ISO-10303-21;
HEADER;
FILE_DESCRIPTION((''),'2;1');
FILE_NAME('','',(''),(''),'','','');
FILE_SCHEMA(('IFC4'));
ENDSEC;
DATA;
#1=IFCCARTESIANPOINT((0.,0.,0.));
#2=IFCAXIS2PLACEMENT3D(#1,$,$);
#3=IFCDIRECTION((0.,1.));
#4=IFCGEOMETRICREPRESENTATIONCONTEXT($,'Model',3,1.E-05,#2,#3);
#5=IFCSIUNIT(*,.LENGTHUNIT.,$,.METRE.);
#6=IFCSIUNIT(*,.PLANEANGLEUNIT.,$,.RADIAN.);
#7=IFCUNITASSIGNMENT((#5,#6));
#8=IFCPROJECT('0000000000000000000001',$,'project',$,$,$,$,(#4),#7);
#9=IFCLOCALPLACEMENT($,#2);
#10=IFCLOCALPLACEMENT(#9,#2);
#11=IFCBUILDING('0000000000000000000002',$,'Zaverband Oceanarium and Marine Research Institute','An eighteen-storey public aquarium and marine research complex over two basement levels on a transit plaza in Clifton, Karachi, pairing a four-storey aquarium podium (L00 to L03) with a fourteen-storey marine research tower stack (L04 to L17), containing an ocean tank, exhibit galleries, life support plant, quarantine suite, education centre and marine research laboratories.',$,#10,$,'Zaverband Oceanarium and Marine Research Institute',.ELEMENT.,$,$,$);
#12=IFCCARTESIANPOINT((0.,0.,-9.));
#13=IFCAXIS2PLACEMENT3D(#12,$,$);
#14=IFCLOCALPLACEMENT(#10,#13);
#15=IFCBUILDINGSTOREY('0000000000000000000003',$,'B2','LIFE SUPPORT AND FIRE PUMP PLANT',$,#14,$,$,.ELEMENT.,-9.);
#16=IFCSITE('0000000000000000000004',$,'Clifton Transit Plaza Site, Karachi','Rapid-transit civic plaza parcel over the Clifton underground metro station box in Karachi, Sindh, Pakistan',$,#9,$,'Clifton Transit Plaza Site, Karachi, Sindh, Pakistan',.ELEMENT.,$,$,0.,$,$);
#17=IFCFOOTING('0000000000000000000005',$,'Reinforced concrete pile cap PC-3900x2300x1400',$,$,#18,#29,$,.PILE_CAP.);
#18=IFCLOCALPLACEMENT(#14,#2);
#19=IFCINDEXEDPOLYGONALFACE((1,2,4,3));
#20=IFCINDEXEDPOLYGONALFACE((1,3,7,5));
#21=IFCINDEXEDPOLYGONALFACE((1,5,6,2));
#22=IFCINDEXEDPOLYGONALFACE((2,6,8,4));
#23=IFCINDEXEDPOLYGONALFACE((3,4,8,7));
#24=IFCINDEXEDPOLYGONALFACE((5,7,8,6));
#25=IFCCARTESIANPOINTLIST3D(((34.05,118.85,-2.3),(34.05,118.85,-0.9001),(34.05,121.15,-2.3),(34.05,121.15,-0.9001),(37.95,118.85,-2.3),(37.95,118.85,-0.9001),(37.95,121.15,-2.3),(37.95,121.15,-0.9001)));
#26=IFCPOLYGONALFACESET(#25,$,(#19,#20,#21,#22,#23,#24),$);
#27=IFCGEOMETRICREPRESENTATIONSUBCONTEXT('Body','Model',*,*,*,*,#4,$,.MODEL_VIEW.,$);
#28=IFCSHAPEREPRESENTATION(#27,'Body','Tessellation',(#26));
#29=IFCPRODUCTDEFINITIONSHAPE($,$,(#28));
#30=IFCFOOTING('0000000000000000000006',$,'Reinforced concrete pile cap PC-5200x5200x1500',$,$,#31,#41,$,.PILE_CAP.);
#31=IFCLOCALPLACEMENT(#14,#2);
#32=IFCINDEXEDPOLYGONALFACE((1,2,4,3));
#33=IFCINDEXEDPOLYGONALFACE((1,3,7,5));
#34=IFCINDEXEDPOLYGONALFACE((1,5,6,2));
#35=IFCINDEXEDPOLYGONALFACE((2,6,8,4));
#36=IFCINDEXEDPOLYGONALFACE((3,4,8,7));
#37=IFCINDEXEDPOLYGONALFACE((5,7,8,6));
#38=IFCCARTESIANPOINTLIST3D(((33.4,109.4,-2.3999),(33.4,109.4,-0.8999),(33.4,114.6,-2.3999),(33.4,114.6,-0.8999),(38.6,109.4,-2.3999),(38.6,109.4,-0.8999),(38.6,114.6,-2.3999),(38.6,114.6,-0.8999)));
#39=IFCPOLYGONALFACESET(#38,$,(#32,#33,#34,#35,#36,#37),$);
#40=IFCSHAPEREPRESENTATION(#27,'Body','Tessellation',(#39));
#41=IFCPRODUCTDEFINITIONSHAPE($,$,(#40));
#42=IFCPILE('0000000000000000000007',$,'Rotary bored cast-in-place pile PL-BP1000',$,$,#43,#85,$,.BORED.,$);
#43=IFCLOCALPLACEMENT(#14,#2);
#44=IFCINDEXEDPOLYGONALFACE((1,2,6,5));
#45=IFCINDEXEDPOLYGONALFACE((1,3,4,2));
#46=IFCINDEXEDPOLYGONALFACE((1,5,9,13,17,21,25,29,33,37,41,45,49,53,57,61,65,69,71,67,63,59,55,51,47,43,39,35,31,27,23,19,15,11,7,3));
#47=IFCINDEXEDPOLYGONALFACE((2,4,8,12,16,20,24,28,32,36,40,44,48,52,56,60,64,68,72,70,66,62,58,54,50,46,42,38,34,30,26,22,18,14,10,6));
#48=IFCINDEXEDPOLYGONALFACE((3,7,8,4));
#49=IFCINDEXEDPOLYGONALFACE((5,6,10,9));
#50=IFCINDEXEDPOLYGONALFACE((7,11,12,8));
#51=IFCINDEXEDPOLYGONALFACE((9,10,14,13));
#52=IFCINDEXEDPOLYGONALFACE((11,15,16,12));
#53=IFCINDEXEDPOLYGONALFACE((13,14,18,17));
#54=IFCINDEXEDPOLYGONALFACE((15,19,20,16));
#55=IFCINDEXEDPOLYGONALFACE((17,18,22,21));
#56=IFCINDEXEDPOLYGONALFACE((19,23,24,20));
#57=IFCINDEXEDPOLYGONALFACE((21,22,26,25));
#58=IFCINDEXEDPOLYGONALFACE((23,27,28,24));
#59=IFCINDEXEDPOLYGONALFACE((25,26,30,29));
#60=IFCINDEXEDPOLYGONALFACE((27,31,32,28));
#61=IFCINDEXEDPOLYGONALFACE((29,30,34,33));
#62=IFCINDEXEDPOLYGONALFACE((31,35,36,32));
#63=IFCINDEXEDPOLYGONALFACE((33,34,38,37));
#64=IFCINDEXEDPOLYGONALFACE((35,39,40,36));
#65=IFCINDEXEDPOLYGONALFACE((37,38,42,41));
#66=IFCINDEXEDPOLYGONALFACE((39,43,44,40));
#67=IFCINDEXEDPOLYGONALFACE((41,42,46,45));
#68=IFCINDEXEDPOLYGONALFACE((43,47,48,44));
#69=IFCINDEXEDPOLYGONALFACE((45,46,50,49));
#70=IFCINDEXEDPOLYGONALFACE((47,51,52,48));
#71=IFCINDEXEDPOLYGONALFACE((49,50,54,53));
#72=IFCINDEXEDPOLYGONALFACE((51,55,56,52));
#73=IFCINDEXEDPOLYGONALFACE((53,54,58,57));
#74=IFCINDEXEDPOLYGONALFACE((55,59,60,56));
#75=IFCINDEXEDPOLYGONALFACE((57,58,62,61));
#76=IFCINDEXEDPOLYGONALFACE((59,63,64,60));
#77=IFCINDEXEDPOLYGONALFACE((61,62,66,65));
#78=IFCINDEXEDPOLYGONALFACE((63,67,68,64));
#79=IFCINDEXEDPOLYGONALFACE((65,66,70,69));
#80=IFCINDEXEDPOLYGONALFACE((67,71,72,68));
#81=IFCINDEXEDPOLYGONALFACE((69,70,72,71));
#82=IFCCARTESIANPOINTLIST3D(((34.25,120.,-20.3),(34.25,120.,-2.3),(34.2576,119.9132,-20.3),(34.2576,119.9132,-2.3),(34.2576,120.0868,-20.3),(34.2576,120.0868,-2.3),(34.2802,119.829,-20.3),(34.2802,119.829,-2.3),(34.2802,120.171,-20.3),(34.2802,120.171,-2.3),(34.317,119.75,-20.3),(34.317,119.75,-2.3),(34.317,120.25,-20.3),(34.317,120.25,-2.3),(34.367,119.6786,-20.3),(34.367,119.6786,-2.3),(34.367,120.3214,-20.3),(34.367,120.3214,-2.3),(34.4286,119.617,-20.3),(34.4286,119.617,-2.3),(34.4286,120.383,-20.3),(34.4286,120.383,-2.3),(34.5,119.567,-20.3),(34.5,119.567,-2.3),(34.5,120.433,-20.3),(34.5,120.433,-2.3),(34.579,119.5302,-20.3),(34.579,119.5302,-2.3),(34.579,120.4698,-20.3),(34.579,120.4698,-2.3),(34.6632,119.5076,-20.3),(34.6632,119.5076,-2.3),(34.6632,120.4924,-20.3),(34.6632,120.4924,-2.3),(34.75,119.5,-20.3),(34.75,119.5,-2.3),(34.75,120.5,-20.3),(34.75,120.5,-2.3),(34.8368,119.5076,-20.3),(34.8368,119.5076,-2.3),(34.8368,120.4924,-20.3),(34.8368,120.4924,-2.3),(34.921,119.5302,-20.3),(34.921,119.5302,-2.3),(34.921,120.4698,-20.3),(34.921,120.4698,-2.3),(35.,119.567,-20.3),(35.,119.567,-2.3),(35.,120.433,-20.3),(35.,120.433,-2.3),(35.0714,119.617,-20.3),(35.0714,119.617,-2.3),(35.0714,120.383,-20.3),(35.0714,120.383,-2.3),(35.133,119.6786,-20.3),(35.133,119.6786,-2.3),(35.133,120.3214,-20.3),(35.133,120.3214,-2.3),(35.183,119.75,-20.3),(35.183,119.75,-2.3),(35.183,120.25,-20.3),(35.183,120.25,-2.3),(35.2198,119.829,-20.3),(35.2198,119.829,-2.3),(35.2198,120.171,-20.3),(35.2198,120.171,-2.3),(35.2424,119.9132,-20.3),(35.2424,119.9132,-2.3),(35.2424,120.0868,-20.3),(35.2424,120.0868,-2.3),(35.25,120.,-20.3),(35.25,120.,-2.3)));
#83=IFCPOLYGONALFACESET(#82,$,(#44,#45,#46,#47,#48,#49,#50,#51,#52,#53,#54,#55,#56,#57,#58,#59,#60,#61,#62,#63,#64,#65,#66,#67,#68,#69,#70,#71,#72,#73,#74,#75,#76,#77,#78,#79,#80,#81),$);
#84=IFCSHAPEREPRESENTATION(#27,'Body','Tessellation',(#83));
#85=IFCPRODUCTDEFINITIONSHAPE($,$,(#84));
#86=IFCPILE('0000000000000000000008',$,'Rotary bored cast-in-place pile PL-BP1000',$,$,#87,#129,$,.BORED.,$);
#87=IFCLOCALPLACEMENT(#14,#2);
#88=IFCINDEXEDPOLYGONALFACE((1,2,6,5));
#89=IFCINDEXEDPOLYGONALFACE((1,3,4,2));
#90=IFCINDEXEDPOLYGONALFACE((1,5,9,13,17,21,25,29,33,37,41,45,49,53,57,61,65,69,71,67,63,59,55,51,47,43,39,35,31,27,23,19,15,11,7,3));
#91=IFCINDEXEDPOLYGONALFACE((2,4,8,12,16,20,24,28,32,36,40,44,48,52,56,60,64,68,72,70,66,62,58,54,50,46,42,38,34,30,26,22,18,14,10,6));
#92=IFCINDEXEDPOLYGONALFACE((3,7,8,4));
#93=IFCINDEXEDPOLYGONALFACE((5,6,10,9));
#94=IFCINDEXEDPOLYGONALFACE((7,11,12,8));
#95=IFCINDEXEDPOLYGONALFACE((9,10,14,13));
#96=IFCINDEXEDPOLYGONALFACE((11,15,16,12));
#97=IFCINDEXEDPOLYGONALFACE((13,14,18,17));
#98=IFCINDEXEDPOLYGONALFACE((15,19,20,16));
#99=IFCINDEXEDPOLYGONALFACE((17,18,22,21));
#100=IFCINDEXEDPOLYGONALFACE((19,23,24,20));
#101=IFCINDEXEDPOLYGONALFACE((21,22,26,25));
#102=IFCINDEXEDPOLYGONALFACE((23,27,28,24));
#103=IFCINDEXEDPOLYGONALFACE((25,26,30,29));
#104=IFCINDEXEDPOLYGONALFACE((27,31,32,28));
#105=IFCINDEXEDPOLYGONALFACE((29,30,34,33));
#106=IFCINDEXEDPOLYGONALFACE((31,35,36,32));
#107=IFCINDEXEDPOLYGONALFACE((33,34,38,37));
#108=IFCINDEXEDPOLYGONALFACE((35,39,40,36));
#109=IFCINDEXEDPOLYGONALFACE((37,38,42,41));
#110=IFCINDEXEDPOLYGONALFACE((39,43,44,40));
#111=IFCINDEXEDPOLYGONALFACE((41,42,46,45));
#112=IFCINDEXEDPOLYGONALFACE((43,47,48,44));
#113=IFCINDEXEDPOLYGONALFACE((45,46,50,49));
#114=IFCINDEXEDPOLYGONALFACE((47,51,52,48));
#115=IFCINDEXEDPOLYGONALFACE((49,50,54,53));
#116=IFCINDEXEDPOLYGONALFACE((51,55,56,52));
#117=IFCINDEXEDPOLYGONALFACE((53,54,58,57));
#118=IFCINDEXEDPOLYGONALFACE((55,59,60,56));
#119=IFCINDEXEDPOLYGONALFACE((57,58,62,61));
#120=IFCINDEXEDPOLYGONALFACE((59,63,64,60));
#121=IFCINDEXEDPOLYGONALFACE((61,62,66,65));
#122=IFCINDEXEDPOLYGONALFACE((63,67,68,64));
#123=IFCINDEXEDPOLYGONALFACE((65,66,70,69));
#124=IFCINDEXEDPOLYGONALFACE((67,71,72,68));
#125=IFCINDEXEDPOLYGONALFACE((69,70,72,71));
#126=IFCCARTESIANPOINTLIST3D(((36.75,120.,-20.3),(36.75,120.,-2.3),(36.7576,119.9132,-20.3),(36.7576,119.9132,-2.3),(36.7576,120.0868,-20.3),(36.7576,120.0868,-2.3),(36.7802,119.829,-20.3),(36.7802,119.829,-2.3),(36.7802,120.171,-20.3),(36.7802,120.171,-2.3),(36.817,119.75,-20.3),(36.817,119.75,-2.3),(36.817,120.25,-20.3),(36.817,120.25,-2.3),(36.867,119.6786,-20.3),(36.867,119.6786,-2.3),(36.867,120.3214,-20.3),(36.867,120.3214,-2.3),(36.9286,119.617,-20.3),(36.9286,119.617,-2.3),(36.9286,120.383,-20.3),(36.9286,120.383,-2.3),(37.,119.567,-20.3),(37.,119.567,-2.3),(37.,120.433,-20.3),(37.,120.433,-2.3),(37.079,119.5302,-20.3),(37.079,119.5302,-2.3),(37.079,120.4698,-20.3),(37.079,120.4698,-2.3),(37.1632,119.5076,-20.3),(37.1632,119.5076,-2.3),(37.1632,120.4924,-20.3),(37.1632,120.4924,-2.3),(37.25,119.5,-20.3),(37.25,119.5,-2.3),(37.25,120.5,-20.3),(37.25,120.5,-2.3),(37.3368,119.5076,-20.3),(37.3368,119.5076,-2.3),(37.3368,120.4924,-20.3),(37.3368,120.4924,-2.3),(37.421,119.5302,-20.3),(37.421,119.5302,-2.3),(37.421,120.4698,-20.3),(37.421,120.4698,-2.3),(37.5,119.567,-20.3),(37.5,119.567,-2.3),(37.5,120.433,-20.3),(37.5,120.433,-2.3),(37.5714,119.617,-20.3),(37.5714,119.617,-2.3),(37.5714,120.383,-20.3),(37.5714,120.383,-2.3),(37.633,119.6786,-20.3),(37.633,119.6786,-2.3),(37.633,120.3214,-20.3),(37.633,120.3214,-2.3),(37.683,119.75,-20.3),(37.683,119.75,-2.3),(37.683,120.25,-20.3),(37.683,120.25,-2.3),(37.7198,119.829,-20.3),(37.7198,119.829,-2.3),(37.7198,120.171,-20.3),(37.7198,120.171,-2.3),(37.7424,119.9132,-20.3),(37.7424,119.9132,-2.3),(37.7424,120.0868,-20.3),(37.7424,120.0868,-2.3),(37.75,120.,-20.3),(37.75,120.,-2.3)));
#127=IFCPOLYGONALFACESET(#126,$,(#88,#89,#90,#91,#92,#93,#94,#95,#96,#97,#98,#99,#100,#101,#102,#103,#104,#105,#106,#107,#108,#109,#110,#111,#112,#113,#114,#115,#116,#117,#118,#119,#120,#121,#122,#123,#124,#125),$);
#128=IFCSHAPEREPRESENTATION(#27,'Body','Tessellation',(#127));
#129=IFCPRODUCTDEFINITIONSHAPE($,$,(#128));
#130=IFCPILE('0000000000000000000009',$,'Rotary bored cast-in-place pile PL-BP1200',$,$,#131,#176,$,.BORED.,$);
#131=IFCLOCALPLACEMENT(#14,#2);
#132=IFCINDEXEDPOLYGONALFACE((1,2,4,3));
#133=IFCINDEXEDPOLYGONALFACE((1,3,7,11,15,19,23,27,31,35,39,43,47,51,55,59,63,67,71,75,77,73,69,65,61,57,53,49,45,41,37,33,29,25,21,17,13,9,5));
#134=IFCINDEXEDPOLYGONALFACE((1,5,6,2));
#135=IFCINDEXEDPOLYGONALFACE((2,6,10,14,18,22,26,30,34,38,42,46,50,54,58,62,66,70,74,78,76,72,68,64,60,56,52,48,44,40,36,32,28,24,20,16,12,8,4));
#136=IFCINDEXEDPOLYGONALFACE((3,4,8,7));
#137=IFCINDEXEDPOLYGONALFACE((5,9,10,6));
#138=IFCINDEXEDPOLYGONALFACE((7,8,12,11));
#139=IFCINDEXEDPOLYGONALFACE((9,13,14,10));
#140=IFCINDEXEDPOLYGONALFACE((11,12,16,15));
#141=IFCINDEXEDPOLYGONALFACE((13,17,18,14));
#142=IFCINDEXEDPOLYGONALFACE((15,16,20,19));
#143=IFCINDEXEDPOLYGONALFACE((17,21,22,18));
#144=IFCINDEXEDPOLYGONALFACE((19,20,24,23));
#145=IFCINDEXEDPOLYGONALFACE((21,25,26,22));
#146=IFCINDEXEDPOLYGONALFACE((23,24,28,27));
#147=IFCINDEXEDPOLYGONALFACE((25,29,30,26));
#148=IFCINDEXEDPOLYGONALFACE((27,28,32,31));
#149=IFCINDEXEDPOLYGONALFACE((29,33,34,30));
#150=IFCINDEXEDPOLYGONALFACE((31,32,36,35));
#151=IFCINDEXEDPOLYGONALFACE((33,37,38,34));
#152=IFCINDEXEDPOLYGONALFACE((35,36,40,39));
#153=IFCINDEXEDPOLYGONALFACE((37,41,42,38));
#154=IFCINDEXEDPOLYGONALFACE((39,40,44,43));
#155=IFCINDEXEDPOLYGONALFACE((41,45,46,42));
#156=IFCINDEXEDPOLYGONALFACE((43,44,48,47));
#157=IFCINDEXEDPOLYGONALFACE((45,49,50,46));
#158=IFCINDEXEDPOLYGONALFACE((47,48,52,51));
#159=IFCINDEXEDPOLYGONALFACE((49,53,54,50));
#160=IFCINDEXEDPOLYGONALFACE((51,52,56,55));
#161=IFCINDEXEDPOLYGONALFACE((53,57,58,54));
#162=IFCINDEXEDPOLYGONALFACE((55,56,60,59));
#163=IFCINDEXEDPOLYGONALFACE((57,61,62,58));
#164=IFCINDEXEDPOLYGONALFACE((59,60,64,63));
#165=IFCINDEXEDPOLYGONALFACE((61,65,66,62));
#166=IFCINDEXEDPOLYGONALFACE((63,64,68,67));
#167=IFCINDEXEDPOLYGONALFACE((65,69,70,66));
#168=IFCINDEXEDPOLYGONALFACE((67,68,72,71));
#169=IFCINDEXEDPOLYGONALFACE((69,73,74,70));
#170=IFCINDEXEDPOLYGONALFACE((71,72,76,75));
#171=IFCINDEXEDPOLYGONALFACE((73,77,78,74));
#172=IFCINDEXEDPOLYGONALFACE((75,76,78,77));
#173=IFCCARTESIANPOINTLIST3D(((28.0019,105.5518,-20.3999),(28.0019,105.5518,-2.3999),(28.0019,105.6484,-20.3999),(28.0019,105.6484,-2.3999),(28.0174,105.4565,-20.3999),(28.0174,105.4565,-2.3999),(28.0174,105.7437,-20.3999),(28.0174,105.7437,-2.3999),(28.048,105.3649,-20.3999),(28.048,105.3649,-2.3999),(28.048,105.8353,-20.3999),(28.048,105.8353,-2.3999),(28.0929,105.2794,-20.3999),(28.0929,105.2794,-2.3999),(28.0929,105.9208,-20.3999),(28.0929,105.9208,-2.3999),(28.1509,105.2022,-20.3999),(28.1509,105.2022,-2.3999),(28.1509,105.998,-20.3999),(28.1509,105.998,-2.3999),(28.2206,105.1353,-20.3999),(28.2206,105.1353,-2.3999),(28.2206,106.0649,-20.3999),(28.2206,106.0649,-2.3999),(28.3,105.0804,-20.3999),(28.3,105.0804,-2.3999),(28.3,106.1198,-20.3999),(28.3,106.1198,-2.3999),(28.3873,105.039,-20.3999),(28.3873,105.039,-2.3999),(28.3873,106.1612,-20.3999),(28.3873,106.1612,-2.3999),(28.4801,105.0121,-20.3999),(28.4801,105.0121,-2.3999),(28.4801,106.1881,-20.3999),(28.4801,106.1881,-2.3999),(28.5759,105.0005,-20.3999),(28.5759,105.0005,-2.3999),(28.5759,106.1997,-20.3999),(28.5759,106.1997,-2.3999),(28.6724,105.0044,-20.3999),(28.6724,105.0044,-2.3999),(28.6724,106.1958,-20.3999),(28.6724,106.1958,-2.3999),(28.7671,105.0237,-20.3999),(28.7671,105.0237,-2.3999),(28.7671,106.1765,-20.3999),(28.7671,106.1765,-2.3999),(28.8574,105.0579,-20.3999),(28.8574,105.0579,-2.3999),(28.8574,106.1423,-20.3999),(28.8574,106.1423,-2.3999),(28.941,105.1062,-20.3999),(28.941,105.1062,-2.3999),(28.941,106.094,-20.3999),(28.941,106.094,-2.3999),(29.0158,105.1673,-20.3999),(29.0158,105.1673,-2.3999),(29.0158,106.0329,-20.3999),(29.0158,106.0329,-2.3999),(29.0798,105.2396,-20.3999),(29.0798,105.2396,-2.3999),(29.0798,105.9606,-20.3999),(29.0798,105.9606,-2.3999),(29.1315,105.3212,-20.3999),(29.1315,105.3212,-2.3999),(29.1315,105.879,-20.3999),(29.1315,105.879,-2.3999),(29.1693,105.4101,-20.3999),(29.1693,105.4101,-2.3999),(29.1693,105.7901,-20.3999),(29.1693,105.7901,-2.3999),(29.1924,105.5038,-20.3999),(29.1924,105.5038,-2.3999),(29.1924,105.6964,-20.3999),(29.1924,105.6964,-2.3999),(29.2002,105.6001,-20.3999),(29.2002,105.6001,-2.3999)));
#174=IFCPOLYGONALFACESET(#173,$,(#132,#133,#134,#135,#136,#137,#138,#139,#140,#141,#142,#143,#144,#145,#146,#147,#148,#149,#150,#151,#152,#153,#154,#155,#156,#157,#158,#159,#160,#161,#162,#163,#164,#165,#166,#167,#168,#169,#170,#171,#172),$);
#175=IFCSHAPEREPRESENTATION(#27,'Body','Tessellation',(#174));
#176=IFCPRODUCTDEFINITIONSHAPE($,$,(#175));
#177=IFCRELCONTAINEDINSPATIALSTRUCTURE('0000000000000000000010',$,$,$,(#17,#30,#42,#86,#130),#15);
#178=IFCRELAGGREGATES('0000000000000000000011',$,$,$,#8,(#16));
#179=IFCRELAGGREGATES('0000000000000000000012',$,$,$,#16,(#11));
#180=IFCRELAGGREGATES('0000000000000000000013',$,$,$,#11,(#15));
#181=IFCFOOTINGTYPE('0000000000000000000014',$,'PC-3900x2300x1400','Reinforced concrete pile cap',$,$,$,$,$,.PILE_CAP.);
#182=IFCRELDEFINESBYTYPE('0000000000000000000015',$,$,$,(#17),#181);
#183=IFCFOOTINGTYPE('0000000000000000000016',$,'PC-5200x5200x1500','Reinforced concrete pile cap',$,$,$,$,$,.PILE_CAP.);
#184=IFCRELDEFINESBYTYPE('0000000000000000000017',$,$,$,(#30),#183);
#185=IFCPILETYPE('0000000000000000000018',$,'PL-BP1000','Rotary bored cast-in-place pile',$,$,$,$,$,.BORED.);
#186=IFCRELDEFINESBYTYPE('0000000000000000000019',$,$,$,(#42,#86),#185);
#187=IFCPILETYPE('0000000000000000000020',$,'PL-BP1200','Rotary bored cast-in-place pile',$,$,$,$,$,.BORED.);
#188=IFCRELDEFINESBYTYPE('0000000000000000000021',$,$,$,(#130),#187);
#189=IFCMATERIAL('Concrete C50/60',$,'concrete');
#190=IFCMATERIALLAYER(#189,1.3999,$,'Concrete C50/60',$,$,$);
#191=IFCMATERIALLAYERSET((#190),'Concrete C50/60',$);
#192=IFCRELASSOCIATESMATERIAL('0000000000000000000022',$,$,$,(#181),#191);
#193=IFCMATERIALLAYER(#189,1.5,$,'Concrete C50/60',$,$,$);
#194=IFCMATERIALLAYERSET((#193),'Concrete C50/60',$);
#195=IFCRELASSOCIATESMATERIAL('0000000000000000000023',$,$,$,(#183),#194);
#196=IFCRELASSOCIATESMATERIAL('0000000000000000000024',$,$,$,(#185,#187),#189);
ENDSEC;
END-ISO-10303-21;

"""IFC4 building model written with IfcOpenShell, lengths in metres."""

from ifc_helpers import new_model, si_unit, direction, frame, origin, origin_2d, place, context, subcontext, project, spatial, rectangle, circle, extrude, material, layer, layer_set, material_profile, profile_set, type_object, element, save


model = new_model("IFC4")

# Units and contexts
model_context = context("Model", 3, precision=1e-05, world=origin(), true_north=direction((0.0, 1.0)))
body_context = subcontext(model_context, "Body", "Model", "MODEL_VIEW")
ifc_project = project(units=[si_unit("LENGTHUNIT", "METRE"), si_unit("PLANEANGLEUNIT", "RADIAN")], contexts=[model_context])

# Site, building, storey
site_placement = place(None, origin())
site = spatial("IfcSite", under=ifc_project, at=site_placement, Name="Clifton Transit Plaza Site, Karachi", Description="Rapid-transit civic plaza parcel over the Clifton underground metro station box in Karachi, Sindh, Pakistan", LongName="Clifton Transit Plaza Site, Karachi, Sindh, Pakistan", CompositionType="ELEMENT", RefElevation=0.0)
building_placement = place(site_placement, origin())
building = spatial("IfcBuilding", under=site, at=building_placement, Name="Zaverband Oceanarium and Marine Research Institute", Description="An eighteen-storey public aquarium and marine research complex over two basement levels on a transit plaza in Clifton, Karachi, pairing a four-storey aquarium podium (L00 to L03) with a fourteen-storey marine research tower stack (L04 to L17), containing an ocean tank, exhibit galleries, life support plant, quarantine suite, education centre and marine research laboratories.", LongName="Zaverband Oceanarium and Marine Research Institute", CompositionType="ELEMENT")
storey_placement = place(building_placement, frame((0.0, 0.0, -9.0)))
storey = spatial("IfcBuildingStorey", under=building, at=storey_placement, Name="B2", Description="LIFE SUPPORT AND FIRE PUMP PLANT", CompositionType="ELEMENT", Elevation=-9.0)

# Footings
ifc_material_1 = material(Name="Concrete C50/60", Category="concrete")
ifc_layer_1 = layer(ifc_material_1, 1.3999, Name="Concrete C50/60")
ifc_layer_set_1 = layer_set([ifc_layer_1], Name="Concrete C50/60")
footing_type_1 = type_object("IfcFootingType", Name="PC-3900x2300x1400", Description="Reinforced concrete pile cap", PredefinedType="PILE_CAP", material=ifc_layer_set_1)
footing_1_placement = place(storey_placement, frame((36.0, 120.0, -2.3), z_axis=(0.0, 0.0, 1.0), x_axis=(1.0, 0.0, 0.0)))
element("IfcFooting", 1, at=footing_1_placement, inside=storey, type_object=footing_type_1, Name="Reinforced concrete pile cap PC-3900x2300x1400", PredefinedType="PILE_CAP", context=body_context, shape_type="SweptSolid", body=[
    extrude(rectangle(XDim=3.8999, YDim=2.3, at=origin_2d()), origin(), (0.0, 0.0, 1.0), 1.3999),
])
ifc_layer_2 = layer(ifc_material_1, 1.5, Name="Concrete C50/60")
ifc_layer_set_2 = layer_set([ifc_layer_2], Name="Concrete C50/60")
footing_type_2 = type_object("IfcFootingType", Name="PC-5200x5200x1500", Description="Reinforced concrete pile cap", PredefinedType="PILE_CAP", material=ifc_layer_set_2)
footing_2_placement = place(storey_placement, frame((36.0, 112.0, -2.3999), z_axis=(0.0, 0.0, 1.0), x_axis=(1.0, 0.0, 0.0)))
element("IfcFooting", 2, at=footing_2_placement, inside=storey, type_object=footing_type_2, Name="Reinforced concrete pile cap PC-5200x5200x1500", PredefinedType="PILE_CAP", context=body_context, shape_type="SweptSolid", body=[
    extrude(rectangle(XDim=5.2, YDim=5.2, at=origin_2d()), origin(), (0.0, 0.0, 1.0), 1.5),
])

# Piles
ifc_material_profile_1 = material_profile(ifc_material_1, circle(Radius=0.5, at=origin_2d()), Name="BP1000")
ifc_profile_set_1 = profile_set([ifc_material_profile_1], Name="Concrete C50/60")
pile_type_1 = type_object("IfcPileType", Name="PL-BP1000", Description="Rotary bored cast-in-place pile", PredefinedType="BORED", material=ifc_profile_set_1)
for number, where, z_axis, x_axis, name in (
    (3, (34.75, 120.0, -2.3), (0.0, 0.0, -1.0), (1.0, 0.0, 0.0), "Rotary bored cast-in-place pile PL-BP1000"),
    (4, (37.25, 120.0, -2.3), (0.0, 0.0, -1.0), (1.0, 0.0, 0.0), "Rotary bored cast-in-place pile PL-BP1000"),
):
    element("IfcPile", number, at=place(storey_placement, frame(where, z_axis=z_axis, x_axis=x_axis)), inside=storey, type_object=pile_type_1, Name=name, PredefinedType="BORED", context=body_context, shape_type="SweptSolid", body=[
        extrude(circle(Radius=0.5, at=origin_2d()), origin(), (0.0, 0.0, 1.0), 18.0),
    ])
ifc_material_profile_2 = material_profile(ifc_material_1, circle(Radius=0.6001, at=origin_2d()), Name="BP1200")
ifc_profile_set_2 = profile_set([ifc_material_profile_2], Name="Concrete C50/60")
pile_type_2 = type_object("IfcPileType", Name="PL-BP1200", Description="Rotary bored cast-in-place pile", PredefinedType="BORED", material=ifc_profile_set_2)
for number, where, z_axis, x_axis, name in (
    (5, (28.6001, 105.6001, -2.3999), (0.0, 0.0, -1.0), (1.0, 0.0, 0.0), "Rotary bored cast-in-place pile PL-BP1200"),
):
    element("IfcPile", number, at=place(storey_placement, frame(where, z_axis=z_axis, x_axis=x_axis)), inside=storey, type_object=pile_type_2, Name=name, PredefinedType="BORED", context=body_context, shape_type="SweptSolid", body=[
        extrude(circle(Radius=0.6001, at=origin_2d()), origin(), (0.0, 0.0, 1.0), 18.0),
    ])

save(model, "model.ifc")
